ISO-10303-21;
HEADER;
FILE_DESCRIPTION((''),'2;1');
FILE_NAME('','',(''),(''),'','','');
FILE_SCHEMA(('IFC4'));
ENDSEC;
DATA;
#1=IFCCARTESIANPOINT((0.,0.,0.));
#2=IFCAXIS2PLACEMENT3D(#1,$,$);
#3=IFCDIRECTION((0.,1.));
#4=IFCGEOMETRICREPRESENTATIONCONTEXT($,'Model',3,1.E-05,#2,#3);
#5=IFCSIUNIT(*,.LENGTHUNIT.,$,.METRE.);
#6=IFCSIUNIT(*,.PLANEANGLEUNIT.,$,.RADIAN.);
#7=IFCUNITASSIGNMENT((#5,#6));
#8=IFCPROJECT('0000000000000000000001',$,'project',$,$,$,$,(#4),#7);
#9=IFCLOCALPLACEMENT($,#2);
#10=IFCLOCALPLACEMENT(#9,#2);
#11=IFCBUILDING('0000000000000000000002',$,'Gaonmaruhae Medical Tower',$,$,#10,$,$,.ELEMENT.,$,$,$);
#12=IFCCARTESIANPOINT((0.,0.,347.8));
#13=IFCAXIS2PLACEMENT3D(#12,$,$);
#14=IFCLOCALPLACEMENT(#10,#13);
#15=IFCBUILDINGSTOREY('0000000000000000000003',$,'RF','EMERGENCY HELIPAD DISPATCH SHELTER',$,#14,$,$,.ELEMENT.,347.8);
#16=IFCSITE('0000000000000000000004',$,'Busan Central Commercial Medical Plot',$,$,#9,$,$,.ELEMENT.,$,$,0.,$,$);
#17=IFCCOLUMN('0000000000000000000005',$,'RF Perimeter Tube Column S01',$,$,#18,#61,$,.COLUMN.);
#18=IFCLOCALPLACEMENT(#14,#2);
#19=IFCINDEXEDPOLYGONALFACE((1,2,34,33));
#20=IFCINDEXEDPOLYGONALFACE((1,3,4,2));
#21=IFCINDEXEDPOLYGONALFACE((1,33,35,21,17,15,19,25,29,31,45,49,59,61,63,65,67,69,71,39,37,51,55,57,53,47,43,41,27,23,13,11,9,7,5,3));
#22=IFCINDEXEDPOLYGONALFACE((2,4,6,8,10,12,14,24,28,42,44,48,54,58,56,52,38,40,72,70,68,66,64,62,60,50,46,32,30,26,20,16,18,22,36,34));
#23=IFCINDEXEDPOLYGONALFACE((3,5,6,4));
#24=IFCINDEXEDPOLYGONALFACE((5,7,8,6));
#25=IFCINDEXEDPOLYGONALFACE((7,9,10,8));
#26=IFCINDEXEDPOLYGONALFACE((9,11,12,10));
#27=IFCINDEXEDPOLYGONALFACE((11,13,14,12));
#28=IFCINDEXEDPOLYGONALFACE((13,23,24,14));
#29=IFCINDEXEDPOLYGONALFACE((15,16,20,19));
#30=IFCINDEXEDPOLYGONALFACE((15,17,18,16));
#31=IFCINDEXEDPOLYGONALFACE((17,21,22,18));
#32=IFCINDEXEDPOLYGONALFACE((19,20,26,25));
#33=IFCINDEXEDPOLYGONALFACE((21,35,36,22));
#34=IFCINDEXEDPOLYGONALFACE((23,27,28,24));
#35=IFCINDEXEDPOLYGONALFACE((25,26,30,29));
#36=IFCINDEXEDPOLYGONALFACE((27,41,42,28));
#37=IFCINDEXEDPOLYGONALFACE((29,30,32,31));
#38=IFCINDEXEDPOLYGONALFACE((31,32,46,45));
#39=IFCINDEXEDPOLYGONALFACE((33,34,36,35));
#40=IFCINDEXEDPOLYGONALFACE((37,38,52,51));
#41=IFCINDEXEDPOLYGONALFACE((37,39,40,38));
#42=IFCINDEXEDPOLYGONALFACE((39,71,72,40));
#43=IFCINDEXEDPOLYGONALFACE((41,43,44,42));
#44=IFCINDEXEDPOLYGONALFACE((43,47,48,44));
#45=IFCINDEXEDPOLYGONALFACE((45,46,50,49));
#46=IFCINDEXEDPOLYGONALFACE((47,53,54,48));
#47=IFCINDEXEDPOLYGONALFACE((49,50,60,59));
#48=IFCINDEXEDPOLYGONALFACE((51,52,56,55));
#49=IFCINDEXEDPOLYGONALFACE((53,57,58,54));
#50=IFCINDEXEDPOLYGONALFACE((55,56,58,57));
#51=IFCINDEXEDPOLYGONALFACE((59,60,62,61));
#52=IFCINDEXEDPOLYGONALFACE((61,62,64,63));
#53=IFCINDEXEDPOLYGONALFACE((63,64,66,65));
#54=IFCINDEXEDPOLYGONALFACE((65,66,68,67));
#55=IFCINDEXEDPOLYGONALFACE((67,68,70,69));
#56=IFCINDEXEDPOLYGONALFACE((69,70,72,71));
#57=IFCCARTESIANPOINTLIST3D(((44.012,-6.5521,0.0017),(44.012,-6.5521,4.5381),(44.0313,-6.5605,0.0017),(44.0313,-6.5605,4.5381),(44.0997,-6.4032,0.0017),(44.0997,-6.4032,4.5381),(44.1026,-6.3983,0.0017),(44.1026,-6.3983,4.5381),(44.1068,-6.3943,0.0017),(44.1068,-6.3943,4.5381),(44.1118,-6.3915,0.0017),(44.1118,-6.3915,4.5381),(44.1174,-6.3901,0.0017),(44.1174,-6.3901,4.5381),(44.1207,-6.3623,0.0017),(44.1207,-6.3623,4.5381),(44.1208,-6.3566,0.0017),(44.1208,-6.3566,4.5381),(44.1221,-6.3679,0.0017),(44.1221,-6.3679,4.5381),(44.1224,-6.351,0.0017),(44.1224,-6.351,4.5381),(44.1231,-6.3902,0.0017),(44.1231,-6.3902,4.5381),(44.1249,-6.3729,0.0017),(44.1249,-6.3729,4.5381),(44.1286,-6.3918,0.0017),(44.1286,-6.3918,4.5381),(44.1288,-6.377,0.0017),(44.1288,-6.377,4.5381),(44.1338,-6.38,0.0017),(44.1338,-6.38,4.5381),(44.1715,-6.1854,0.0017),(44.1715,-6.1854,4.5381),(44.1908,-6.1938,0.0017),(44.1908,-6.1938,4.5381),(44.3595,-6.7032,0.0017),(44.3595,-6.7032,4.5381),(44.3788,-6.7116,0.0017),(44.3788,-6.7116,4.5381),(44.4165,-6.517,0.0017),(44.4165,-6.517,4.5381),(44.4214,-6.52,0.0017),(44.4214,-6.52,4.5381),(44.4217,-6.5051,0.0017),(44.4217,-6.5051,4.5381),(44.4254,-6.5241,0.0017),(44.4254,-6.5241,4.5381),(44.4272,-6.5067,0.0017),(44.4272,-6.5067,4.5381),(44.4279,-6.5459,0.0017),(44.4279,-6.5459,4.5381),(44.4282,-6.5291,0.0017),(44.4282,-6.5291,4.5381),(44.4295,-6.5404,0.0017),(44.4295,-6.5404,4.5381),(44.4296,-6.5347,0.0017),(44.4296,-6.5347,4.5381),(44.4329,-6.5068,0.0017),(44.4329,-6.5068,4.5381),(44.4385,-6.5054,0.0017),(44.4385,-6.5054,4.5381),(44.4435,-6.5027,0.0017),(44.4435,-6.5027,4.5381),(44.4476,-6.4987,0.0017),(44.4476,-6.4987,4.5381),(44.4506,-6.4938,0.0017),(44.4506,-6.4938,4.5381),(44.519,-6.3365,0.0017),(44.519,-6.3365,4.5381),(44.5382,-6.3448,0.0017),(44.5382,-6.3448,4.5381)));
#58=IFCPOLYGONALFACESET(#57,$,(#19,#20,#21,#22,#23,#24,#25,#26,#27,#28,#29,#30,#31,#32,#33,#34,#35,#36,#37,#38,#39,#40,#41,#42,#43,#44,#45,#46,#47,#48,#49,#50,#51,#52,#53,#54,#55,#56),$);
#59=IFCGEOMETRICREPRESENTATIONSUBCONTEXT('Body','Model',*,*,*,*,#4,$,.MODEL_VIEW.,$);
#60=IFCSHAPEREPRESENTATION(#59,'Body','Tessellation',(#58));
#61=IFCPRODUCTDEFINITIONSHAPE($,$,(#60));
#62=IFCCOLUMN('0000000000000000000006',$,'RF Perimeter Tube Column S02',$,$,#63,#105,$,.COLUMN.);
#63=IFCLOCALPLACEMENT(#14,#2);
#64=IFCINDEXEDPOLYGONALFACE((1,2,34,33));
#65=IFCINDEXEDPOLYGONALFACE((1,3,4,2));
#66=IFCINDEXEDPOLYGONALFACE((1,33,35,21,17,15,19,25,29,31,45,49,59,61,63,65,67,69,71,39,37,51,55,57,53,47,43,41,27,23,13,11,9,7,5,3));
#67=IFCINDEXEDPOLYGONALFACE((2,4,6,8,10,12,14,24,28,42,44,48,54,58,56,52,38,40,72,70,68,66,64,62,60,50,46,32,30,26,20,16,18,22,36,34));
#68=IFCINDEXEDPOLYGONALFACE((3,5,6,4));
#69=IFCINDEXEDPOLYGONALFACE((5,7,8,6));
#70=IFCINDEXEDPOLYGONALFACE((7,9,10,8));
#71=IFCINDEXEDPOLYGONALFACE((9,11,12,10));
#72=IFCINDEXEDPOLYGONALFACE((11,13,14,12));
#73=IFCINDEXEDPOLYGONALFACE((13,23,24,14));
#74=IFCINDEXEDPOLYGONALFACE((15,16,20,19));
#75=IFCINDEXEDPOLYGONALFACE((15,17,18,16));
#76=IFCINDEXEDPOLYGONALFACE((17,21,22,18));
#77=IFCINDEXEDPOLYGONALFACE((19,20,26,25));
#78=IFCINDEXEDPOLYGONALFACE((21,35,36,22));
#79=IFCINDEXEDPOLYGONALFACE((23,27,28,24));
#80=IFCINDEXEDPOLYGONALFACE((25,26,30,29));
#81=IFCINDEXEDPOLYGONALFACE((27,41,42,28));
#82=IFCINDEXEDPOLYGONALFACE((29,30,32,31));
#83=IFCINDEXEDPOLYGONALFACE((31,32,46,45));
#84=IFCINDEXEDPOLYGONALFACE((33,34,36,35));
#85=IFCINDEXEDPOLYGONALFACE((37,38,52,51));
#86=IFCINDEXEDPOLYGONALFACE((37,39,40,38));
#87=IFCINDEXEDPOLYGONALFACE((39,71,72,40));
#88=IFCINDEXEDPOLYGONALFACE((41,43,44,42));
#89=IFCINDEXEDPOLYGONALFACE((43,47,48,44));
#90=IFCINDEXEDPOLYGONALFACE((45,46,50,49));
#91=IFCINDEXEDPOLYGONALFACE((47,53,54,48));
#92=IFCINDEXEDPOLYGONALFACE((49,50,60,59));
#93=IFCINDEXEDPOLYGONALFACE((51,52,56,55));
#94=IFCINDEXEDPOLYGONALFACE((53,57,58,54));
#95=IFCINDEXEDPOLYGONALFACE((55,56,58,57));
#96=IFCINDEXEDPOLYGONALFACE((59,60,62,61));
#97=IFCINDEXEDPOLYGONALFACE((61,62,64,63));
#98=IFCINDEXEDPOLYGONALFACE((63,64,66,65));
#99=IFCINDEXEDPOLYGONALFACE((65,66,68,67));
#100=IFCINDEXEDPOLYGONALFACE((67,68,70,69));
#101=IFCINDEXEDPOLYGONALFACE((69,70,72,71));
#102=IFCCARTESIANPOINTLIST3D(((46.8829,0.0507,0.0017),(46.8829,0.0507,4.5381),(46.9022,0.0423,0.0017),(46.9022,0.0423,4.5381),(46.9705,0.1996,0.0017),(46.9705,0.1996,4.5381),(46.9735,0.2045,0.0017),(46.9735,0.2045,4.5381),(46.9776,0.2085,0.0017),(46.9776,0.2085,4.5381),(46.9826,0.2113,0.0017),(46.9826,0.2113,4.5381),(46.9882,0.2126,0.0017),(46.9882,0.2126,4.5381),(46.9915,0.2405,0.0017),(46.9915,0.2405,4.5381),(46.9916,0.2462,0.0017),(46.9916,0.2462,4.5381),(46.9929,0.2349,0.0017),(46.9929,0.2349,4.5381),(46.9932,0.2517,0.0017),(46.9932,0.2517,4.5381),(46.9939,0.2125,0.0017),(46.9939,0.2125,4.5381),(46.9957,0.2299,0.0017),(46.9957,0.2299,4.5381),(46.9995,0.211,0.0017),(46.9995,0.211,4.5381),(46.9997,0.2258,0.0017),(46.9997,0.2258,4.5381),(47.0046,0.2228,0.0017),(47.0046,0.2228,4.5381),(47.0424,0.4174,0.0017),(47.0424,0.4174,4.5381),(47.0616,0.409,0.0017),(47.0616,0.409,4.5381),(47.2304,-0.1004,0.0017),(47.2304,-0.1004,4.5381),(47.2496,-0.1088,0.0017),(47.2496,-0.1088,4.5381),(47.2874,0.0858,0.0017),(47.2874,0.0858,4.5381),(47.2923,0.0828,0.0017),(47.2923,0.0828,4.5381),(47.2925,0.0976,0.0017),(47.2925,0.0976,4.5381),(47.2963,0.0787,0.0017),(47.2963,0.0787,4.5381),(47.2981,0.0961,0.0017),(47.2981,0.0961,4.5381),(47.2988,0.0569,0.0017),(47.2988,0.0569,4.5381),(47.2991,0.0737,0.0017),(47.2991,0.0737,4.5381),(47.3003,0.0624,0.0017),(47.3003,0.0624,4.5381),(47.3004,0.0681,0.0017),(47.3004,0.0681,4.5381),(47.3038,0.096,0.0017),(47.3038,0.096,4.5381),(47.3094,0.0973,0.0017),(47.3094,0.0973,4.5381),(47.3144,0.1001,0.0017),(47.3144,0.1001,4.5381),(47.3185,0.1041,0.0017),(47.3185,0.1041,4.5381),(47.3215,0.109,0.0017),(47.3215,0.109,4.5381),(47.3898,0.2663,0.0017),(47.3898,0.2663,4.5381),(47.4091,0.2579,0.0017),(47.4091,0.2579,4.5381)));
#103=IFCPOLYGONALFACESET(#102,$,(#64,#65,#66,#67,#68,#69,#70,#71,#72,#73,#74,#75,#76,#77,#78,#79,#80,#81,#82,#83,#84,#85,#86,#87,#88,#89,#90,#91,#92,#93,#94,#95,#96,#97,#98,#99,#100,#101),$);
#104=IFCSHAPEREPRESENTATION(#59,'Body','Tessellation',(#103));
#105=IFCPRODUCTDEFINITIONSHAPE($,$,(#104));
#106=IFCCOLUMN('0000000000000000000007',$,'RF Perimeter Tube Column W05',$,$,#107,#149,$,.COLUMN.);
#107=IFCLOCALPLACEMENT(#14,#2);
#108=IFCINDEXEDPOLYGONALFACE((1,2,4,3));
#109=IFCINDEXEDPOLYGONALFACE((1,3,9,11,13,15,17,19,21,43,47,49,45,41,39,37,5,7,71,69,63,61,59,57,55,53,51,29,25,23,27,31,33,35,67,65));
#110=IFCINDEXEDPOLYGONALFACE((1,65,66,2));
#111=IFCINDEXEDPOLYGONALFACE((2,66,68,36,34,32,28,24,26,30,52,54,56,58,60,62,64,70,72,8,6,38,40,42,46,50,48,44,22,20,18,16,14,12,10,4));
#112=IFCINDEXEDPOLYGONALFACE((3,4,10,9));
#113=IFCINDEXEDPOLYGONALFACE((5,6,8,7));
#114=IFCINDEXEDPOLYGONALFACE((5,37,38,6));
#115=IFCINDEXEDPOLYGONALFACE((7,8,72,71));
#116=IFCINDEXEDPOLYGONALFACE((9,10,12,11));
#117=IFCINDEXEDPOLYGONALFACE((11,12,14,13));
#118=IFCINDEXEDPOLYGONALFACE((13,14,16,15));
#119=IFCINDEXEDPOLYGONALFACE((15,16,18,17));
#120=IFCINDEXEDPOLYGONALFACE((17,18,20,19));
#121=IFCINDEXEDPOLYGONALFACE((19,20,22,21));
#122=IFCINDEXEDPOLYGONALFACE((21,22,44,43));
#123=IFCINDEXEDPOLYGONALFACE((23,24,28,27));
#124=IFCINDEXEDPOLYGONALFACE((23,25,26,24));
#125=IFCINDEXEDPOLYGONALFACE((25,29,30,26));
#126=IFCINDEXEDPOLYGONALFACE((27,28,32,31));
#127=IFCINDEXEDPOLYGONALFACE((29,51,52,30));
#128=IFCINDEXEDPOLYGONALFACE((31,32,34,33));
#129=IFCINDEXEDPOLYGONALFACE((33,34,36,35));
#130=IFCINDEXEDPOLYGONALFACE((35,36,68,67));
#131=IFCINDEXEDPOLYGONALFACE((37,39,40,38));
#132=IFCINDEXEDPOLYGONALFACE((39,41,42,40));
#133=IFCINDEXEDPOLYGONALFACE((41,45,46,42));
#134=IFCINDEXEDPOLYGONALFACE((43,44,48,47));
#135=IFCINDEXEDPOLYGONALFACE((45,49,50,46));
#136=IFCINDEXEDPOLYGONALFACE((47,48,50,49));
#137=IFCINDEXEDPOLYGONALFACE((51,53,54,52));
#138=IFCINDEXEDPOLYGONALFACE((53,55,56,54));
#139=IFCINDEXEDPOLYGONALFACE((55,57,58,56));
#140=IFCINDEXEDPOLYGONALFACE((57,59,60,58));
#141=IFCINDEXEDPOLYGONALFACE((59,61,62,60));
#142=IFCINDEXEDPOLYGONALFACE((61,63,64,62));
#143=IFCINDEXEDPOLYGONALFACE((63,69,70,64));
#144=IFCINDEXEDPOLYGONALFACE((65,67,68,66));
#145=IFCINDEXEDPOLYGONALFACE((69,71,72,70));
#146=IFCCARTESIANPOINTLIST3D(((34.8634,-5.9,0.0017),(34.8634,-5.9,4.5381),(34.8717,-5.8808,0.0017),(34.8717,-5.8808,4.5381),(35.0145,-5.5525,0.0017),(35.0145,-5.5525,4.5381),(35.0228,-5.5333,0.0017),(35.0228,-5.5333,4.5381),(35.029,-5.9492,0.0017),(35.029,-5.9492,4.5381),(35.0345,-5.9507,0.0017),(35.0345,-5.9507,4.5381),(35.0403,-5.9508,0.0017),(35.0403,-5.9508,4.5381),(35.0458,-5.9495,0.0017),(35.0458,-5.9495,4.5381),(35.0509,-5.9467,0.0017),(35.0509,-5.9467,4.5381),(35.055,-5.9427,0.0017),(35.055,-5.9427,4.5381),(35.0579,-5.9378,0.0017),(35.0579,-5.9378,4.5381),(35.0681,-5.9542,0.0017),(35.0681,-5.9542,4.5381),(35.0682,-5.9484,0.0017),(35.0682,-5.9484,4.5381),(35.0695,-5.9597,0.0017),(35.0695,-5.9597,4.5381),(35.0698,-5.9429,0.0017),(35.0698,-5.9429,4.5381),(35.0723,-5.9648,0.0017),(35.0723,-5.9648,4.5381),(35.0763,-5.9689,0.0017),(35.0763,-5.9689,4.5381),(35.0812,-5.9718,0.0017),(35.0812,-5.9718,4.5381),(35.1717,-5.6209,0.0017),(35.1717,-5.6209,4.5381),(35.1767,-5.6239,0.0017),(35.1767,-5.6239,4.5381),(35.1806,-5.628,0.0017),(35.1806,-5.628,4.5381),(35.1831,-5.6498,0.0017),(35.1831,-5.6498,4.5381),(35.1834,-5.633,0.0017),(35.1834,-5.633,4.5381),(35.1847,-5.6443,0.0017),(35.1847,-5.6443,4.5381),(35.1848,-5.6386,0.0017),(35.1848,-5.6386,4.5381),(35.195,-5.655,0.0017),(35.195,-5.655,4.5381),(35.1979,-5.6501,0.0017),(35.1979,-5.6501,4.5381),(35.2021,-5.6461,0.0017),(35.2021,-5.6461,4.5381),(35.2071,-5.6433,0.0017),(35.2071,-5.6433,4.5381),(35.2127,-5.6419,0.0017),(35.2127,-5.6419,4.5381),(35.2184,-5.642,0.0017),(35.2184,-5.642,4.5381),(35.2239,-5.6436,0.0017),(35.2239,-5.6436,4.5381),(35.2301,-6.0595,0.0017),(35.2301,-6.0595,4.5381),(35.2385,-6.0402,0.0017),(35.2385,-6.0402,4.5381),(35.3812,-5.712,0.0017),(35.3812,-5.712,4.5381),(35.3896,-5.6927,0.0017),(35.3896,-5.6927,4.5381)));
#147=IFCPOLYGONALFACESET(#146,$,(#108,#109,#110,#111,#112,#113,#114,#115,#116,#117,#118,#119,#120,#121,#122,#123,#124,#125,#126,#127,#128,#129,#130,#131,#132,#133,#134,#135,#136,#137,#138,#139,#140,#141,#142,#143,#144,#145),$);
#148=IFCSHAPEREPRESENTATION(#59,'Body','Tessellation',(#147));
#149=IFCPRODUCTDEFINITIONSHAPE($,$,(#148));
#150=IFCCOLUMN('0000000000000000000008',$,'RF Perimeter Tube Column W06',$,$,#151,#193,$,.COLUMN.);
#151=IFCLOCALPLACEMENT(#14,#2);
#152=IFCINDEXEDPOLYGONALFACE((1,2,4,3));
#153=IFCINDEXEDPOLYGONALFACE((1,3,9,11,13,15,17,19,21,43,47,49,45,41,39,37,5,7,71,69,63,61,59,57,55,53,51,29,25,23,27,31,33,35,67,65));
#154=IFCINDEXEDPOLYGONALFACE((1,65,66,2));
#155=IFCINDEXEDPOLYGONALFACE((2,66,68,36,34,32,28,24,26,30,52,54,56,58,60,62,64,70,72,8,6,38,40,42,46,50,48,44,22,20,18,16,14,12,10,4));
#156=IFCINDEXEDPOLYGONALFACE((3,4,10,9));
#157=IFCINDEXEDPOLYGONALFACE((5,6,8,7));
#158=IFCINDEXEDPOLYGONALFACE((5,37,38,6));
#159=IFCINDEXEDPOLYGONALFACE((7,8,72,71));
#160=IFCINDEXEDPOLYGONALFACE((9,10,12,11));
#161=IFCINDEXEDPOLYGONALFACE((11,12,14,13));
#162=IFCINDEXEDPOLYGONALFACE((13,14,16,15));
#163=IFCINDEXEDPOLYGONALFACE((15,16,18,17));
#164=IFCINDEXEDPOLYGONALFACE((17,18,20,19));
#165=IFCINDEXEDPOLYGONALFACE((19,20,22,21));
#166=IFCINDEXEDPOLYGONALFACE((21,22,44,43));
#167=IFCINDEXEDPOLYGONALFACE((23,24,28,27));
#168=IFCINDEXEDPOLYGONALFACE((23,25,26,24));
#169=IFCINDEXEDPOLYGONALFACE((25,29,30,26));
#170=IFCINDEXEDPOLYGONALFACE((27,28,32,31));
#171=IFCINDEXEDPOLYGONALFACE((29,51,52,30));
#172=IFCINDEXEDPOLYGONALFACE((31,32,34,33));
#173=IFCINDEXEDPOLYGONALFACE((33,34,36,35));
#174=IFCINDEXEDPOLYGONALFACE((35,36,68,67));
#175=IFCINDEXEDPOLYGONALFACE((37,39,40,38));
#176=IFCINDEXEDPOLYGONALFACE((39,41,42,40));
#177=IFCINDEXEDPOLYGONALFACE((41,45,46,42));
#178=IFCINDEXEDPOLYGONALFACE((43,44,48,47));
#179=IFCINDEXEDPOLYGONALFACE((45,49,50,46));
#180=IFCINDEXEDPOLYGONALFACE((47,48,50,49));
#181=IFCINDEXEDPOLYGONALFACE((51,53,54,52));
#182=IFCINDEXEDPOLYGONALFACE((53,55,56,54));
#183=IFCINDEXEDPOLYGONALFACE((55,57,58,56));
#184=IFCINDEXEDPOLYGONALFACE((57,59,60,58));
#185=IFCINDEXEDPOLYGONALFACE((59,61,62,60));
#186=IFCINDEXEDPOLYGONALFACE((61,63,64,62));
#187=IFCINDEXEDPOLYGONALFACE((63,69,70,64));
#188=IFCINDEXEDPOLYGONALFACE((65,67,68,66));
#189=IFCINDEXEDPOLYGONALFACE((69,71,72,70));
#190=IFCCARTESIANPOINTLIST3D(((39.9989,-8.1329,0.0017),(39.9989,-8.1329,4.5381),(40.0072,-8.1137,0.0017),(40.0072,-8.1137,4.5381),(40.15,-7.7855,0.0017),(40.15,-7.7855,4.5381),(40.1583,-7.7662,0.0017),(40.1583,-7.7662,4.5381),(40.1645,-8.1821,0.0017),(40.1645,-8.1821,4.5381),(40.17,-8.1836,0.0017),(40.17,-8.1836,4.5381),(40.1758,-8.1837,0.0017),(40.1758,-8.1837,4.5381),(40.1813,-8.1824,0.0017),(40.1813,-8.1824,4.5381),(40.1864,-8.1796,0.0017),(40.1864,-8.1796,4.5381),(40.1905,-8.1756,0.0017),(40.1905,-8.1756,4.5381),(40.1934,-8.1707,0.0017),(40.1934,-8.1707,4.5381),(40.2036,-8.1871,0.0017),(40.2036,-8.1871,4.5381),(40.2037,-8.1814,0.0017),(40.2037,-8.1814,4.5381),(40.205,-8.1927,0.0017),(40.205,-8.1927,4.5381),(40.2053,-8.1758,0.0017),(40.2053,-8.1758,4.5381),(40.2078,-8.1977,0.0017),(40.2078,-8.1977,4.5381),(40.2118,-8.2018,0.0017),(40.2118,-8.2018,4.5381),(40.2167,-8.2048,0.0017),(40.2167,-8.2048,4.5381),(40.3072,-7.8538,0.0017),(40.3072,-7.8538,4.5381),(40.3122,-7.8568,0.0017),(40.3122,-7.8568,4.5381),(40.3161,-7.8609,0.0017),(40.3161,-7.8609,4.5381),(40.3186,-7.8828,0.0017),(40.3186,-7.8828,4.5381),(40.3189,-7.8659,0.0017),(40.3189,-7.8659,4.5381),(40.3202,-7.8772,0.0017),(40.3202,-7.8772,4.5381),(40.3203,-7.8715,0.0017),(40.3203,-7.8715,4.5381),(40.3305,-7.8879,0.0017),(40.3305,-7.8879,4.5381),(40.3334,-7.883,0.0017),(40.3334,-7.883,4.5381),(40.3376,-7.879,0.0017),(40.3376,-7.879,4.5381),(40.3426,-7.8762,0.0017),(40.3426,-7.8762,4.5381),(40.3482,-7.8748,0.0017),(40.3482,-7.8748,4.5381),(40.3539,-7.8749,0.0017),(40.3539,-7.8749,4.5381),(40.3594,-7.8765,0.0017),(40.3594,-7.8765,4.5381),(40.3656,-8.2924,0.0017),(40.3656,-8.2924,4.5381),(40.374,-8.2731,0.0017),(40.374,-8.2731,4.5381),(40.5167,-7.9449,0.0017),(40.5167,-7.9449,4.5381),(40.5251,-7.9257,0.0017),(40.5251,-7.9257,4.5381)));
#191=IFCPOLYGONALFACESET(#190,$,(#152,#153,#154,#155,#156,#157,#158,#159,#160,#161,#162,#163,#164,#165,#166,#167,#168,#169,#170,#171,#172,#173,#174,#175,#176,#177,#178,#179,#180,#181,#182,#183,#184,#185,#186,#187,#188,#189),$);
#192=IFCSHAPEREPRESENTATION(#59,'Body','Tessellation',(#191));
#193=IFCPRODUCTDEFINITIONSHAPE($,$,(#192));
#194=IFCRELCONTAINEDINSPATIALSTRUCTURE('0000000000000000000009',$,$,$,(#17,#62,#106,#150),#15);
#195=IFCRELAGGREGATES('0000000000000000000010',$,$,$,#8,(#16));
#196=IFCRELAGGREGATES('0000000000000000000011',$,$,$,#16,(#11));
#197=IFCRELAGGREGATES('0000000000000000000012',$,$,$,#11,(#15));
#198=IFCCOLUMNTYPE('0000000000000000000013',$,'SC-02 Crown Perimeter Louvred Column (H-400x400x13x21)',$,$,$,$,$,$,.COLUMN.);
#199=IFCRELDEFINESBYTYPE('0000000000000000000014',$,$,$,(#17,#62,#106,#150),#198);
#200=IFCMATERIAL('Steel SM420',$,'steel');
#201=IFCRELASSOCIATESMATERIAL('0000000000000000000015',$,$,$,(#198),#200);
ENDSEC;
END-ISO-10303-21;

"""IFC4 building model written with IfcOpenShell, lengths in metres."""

from ifc_helpers import new_model, si_unit, direction, frame, origin, origin_2d, place, context, subcontext, project, spatial, i_section, extrude, material, material_profile, profile_set, type_object, element, save


model = new_model("IFC4")

# Units and contexts
model_context = context("Model", 3, precision=1e-05, world=origin(), true_north=direction((0.0, 1.0)))
body_context = subcontext(model_context, "Body", "Model", "MODEL_VIEW")
ifc_project = project(units=[si_unit("LENGTHUNIT", "METRE"), si_unit("PLANEANGLEUNIT", "RADIAN")], contexts=[model_context])

# Site, building, storey
site_placement = place(None, origin())
site = spatial("IfcSite", under=ifc_project, at=site_placement, Name="Busan Central Commercial Medical Plot", CompositionType="ELEMENT", RefElevation=0.0)
building_placement = place(site_placement, origin())
building = spatial("IfcBuilding", under=site, at=building_placement, Name="Gaonmaruhae Medical Tower", CompositionType="ELEMENT")
storey_placement = place(building_placement, frame((0.0, 0.0, 347.8)))
storey = spatial("IfcBuildingStorey", under=building, at=storey_placement, Name="RF", Description="EMERGENCY HELIPAD DISPATCH SHELTER", CompositionType="ELEMENT", Elevation=347.8)

# Columns
ifc_material_1 = material(Name="Steel SM420", Category="steel")
ifc_material_profile_1 = material_profile(ifc_material_1, i_section(OverallWidth=0.3999, OverallDepth=0.3999, WebThickness=0.0129, FlangeThickness=0.021, FilletRadius=0.022, at=origin_2d()), Name="H-400x400x13x21")
ifc_profile_set_1 = profile_set([ifc_material_profile_1], Name="Steel SM420")
column_type = type_object("IfcColumnType", Name="SC-02 Crown Perimeter Louvred Column (H-400x400x13x21)", PredefinedType="COLUMN", material=ifc_profile_set_1)
for number, where, z_axis, x_axis, name in (
    (1, (44.2751, -6.4485, 0.0017), (0.0, 0.0, 1.0), (0.398749, 0.91706, 0.0), "RF Perimeter Tube Column S01"),
    (2, (47.146, 0.1543, 0.0017), (0.0, 0.0, 1.0), (0.398749, 0.91706, 0.0), "RF Perimeter Tube Column S02"),
    (3, (35.1265, -5.7964, 0.0017), (0.0, 0.0, 1.0), (-0.91706, 0.398749, 0.0), "RF Perimeter Tube Column W05"),
    (4, (40.262, -8.0293, 0.0017), (0.0, 0.0, 1.0), (-0.91706, 0.398749, 0.0), "RF Perimeter Tube Column W06"),
):
    element("IfcColumn", number, at=place(storey_placement, frame(where, z_axis=z_axis, x_axis=x_axis)), inside=storey, type_object=column_type, Name=name, PredefinedType="COLUMN", context=body_context, shape_type="SweptSolid", body=[
        extrude(i_section(OverallWidth=0.3999, OverallDepth=0.3999, WebThickness=0.0129, FlangeThickness=0.021, FilletRadius=0.022, at=origin_2d()), origin(), (0.0, 0.0, 1.0), 4.5364),
    ])

save(model, "model.ifc")
